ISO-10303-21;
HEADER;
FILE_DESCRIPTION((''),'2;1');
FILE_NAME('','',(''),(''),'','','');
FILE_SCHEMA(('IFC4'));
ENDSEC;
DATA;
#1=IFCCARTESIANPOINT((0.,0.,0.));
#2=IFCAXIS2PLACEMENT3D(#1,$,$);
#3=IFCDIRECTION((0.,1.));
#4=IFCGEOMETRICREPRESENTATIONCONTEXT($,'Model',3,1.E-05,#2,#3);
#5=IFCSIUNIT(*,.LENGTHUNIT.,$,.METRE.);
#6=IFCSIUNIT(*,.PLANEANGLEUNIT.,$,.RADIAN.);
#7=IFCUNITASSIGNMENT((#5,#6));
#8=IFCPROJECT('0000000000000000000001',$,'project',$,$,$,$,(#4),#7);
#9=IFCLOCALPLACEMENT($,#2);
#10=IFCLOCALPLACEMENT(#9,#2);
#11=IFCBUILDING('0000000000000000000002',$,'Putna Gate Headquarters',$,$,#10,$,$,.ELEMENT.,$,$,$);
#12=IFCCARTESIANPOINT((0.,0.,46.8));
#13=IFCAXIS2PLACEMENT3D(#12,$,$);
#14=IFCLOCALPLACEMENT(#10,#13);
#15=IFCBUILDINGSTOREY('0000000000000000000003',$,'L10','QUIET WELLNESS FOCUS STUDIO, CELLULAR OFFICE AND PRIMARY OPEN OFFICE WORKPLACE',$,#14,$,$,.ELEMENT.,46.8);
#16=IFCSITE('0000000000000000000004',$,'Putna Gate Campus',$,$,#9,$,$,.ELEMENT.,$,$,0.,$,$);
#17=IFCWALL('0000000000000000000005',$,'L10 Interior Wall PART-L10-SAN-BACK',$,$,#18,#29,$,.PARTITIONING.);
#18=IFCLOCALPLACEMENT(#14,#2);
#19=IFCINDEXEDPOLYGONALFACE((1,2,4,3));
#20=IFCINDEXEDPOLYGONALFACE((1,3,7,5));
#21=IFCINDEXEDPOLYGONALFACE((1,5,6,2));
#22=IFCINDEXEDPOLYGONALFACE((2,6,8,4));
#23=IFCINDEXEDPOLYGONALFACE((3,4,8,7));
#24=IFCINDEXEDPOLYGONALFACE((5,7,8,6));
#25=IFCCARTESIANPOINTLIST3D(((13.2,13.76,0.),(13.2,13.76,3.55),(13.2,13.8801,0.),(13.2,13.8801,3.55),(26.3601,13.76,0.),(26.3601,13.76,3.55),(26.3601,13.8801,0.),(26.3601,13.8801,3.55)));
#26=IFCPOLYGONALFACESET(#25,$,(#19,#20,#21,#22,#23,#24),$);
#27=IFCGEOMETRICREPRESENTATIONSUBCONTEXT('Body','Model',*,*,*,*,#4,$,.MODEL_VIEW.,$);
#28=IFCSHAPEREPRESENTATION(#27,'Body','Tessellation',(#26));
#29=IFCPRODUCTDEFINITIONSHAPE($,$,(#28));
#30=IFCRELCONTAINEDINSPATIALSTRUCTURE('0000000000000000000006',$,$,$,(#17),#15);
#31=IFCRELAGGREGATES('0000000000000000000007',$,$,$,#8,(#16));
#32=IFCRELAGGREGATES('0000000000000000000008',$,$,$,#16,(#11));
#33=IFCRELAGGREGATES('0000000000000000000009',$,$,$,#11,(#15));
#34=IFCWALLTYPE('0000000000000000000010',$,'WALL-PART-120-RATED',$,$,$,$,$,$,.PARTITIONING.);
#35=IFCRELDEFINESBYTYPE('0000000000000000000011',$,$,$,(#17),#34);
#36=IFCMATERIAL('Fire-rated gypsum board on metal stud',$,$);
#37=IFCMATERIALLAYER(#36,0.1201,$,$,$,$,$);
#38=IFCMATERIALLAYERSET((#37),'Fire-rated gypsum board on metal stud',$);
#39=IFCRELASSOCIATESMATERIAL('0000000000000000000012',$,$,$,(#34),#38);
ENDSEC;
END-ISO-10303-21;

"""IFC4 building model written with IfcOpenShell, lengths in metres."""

from ifc_helpers import new_model, si_unit, direction, frame, frame_2d, origin, place, context, subcontext, project, spatial, rectangle, extrude, material, layer, layer_set, type_object, element, save


model = new_model("IFC4")

# Units and contexts
model_context = context("Model", 3, precision=1e-05, world=origin(), true_north=direction((0.0, 1.0)))
body_context = subcontext(model_context, "Body", "Model", "MODEL_VIEW")
ifc_project = project(units=[si_unit("LENGTHUNIT", "METRE"), si_unit("PLANEANGLEUNIT", "RADIAN")], contexts=[model_context])

# Site, building, storey
site_placement = place(None, origin())
site = spatial("IfcSite", under=ifc_project, at=site_placement, Name="Putna Gate Campus", CompositionType="ELEMENT", RefElevation=0.0)
building_placement = place(site_placement, origin())
building = spatial("IfcBuilding", under=site, at=building_placement, Name="Putna Gate Headquarters", CompositionType="ELEMENT")
storey_placement = place(building_placement, frame((0.0, 0.0, 46.8)))
storey = spatial("IfcBuildingStorey", under=building, at=storey_placement, Name="L10", Description="QUIET WELLNESS FOCUS STUDIO, CELLULAR OFFICE AND PRIMARY OPEN OFFICE WORKPLACE", CompositionType="ELEMENT", Elevation=46.8)

# Wall
ifc_material_1 = material(Name="Fire-rated gypsum board on metal stud")
ifc_layer_1 = layer(ifc_material_1, 0.1201)
ifc_layer_set_1 = layer_set([ifc_layer_1], Name="Fire-rated gypsum board on metal stud")
wall_type = type_object("IfcWallType", Name="WALL-PART-120-RATED", PredefinedType="PARTITIONING", material=ifc_layer_set_1)
wall_placement = place(storey_placement, frame((13.2, 13.8201, 0.0), z_axis=(0.0, 0.0, 1.0), x_axis=(1.0, 0.0, 0.0)))
element("IfcWall", 1, at=wall_placement, inside=storey, type_object=wall_type, Name="L10 Interior Wall PART-L10-SAN-BACK", PredefinedType="PARTITIONING", context=body_context, shape_type="SweptSolid", body=[
    extrude(rectangle(XDim=13.1602, YDim=0.1201, at=frame_2d((6.5801, 0.0))), origin(), (0.0, 0.0, 1.0), 3.55),
])

save(model, "model.ifc")
